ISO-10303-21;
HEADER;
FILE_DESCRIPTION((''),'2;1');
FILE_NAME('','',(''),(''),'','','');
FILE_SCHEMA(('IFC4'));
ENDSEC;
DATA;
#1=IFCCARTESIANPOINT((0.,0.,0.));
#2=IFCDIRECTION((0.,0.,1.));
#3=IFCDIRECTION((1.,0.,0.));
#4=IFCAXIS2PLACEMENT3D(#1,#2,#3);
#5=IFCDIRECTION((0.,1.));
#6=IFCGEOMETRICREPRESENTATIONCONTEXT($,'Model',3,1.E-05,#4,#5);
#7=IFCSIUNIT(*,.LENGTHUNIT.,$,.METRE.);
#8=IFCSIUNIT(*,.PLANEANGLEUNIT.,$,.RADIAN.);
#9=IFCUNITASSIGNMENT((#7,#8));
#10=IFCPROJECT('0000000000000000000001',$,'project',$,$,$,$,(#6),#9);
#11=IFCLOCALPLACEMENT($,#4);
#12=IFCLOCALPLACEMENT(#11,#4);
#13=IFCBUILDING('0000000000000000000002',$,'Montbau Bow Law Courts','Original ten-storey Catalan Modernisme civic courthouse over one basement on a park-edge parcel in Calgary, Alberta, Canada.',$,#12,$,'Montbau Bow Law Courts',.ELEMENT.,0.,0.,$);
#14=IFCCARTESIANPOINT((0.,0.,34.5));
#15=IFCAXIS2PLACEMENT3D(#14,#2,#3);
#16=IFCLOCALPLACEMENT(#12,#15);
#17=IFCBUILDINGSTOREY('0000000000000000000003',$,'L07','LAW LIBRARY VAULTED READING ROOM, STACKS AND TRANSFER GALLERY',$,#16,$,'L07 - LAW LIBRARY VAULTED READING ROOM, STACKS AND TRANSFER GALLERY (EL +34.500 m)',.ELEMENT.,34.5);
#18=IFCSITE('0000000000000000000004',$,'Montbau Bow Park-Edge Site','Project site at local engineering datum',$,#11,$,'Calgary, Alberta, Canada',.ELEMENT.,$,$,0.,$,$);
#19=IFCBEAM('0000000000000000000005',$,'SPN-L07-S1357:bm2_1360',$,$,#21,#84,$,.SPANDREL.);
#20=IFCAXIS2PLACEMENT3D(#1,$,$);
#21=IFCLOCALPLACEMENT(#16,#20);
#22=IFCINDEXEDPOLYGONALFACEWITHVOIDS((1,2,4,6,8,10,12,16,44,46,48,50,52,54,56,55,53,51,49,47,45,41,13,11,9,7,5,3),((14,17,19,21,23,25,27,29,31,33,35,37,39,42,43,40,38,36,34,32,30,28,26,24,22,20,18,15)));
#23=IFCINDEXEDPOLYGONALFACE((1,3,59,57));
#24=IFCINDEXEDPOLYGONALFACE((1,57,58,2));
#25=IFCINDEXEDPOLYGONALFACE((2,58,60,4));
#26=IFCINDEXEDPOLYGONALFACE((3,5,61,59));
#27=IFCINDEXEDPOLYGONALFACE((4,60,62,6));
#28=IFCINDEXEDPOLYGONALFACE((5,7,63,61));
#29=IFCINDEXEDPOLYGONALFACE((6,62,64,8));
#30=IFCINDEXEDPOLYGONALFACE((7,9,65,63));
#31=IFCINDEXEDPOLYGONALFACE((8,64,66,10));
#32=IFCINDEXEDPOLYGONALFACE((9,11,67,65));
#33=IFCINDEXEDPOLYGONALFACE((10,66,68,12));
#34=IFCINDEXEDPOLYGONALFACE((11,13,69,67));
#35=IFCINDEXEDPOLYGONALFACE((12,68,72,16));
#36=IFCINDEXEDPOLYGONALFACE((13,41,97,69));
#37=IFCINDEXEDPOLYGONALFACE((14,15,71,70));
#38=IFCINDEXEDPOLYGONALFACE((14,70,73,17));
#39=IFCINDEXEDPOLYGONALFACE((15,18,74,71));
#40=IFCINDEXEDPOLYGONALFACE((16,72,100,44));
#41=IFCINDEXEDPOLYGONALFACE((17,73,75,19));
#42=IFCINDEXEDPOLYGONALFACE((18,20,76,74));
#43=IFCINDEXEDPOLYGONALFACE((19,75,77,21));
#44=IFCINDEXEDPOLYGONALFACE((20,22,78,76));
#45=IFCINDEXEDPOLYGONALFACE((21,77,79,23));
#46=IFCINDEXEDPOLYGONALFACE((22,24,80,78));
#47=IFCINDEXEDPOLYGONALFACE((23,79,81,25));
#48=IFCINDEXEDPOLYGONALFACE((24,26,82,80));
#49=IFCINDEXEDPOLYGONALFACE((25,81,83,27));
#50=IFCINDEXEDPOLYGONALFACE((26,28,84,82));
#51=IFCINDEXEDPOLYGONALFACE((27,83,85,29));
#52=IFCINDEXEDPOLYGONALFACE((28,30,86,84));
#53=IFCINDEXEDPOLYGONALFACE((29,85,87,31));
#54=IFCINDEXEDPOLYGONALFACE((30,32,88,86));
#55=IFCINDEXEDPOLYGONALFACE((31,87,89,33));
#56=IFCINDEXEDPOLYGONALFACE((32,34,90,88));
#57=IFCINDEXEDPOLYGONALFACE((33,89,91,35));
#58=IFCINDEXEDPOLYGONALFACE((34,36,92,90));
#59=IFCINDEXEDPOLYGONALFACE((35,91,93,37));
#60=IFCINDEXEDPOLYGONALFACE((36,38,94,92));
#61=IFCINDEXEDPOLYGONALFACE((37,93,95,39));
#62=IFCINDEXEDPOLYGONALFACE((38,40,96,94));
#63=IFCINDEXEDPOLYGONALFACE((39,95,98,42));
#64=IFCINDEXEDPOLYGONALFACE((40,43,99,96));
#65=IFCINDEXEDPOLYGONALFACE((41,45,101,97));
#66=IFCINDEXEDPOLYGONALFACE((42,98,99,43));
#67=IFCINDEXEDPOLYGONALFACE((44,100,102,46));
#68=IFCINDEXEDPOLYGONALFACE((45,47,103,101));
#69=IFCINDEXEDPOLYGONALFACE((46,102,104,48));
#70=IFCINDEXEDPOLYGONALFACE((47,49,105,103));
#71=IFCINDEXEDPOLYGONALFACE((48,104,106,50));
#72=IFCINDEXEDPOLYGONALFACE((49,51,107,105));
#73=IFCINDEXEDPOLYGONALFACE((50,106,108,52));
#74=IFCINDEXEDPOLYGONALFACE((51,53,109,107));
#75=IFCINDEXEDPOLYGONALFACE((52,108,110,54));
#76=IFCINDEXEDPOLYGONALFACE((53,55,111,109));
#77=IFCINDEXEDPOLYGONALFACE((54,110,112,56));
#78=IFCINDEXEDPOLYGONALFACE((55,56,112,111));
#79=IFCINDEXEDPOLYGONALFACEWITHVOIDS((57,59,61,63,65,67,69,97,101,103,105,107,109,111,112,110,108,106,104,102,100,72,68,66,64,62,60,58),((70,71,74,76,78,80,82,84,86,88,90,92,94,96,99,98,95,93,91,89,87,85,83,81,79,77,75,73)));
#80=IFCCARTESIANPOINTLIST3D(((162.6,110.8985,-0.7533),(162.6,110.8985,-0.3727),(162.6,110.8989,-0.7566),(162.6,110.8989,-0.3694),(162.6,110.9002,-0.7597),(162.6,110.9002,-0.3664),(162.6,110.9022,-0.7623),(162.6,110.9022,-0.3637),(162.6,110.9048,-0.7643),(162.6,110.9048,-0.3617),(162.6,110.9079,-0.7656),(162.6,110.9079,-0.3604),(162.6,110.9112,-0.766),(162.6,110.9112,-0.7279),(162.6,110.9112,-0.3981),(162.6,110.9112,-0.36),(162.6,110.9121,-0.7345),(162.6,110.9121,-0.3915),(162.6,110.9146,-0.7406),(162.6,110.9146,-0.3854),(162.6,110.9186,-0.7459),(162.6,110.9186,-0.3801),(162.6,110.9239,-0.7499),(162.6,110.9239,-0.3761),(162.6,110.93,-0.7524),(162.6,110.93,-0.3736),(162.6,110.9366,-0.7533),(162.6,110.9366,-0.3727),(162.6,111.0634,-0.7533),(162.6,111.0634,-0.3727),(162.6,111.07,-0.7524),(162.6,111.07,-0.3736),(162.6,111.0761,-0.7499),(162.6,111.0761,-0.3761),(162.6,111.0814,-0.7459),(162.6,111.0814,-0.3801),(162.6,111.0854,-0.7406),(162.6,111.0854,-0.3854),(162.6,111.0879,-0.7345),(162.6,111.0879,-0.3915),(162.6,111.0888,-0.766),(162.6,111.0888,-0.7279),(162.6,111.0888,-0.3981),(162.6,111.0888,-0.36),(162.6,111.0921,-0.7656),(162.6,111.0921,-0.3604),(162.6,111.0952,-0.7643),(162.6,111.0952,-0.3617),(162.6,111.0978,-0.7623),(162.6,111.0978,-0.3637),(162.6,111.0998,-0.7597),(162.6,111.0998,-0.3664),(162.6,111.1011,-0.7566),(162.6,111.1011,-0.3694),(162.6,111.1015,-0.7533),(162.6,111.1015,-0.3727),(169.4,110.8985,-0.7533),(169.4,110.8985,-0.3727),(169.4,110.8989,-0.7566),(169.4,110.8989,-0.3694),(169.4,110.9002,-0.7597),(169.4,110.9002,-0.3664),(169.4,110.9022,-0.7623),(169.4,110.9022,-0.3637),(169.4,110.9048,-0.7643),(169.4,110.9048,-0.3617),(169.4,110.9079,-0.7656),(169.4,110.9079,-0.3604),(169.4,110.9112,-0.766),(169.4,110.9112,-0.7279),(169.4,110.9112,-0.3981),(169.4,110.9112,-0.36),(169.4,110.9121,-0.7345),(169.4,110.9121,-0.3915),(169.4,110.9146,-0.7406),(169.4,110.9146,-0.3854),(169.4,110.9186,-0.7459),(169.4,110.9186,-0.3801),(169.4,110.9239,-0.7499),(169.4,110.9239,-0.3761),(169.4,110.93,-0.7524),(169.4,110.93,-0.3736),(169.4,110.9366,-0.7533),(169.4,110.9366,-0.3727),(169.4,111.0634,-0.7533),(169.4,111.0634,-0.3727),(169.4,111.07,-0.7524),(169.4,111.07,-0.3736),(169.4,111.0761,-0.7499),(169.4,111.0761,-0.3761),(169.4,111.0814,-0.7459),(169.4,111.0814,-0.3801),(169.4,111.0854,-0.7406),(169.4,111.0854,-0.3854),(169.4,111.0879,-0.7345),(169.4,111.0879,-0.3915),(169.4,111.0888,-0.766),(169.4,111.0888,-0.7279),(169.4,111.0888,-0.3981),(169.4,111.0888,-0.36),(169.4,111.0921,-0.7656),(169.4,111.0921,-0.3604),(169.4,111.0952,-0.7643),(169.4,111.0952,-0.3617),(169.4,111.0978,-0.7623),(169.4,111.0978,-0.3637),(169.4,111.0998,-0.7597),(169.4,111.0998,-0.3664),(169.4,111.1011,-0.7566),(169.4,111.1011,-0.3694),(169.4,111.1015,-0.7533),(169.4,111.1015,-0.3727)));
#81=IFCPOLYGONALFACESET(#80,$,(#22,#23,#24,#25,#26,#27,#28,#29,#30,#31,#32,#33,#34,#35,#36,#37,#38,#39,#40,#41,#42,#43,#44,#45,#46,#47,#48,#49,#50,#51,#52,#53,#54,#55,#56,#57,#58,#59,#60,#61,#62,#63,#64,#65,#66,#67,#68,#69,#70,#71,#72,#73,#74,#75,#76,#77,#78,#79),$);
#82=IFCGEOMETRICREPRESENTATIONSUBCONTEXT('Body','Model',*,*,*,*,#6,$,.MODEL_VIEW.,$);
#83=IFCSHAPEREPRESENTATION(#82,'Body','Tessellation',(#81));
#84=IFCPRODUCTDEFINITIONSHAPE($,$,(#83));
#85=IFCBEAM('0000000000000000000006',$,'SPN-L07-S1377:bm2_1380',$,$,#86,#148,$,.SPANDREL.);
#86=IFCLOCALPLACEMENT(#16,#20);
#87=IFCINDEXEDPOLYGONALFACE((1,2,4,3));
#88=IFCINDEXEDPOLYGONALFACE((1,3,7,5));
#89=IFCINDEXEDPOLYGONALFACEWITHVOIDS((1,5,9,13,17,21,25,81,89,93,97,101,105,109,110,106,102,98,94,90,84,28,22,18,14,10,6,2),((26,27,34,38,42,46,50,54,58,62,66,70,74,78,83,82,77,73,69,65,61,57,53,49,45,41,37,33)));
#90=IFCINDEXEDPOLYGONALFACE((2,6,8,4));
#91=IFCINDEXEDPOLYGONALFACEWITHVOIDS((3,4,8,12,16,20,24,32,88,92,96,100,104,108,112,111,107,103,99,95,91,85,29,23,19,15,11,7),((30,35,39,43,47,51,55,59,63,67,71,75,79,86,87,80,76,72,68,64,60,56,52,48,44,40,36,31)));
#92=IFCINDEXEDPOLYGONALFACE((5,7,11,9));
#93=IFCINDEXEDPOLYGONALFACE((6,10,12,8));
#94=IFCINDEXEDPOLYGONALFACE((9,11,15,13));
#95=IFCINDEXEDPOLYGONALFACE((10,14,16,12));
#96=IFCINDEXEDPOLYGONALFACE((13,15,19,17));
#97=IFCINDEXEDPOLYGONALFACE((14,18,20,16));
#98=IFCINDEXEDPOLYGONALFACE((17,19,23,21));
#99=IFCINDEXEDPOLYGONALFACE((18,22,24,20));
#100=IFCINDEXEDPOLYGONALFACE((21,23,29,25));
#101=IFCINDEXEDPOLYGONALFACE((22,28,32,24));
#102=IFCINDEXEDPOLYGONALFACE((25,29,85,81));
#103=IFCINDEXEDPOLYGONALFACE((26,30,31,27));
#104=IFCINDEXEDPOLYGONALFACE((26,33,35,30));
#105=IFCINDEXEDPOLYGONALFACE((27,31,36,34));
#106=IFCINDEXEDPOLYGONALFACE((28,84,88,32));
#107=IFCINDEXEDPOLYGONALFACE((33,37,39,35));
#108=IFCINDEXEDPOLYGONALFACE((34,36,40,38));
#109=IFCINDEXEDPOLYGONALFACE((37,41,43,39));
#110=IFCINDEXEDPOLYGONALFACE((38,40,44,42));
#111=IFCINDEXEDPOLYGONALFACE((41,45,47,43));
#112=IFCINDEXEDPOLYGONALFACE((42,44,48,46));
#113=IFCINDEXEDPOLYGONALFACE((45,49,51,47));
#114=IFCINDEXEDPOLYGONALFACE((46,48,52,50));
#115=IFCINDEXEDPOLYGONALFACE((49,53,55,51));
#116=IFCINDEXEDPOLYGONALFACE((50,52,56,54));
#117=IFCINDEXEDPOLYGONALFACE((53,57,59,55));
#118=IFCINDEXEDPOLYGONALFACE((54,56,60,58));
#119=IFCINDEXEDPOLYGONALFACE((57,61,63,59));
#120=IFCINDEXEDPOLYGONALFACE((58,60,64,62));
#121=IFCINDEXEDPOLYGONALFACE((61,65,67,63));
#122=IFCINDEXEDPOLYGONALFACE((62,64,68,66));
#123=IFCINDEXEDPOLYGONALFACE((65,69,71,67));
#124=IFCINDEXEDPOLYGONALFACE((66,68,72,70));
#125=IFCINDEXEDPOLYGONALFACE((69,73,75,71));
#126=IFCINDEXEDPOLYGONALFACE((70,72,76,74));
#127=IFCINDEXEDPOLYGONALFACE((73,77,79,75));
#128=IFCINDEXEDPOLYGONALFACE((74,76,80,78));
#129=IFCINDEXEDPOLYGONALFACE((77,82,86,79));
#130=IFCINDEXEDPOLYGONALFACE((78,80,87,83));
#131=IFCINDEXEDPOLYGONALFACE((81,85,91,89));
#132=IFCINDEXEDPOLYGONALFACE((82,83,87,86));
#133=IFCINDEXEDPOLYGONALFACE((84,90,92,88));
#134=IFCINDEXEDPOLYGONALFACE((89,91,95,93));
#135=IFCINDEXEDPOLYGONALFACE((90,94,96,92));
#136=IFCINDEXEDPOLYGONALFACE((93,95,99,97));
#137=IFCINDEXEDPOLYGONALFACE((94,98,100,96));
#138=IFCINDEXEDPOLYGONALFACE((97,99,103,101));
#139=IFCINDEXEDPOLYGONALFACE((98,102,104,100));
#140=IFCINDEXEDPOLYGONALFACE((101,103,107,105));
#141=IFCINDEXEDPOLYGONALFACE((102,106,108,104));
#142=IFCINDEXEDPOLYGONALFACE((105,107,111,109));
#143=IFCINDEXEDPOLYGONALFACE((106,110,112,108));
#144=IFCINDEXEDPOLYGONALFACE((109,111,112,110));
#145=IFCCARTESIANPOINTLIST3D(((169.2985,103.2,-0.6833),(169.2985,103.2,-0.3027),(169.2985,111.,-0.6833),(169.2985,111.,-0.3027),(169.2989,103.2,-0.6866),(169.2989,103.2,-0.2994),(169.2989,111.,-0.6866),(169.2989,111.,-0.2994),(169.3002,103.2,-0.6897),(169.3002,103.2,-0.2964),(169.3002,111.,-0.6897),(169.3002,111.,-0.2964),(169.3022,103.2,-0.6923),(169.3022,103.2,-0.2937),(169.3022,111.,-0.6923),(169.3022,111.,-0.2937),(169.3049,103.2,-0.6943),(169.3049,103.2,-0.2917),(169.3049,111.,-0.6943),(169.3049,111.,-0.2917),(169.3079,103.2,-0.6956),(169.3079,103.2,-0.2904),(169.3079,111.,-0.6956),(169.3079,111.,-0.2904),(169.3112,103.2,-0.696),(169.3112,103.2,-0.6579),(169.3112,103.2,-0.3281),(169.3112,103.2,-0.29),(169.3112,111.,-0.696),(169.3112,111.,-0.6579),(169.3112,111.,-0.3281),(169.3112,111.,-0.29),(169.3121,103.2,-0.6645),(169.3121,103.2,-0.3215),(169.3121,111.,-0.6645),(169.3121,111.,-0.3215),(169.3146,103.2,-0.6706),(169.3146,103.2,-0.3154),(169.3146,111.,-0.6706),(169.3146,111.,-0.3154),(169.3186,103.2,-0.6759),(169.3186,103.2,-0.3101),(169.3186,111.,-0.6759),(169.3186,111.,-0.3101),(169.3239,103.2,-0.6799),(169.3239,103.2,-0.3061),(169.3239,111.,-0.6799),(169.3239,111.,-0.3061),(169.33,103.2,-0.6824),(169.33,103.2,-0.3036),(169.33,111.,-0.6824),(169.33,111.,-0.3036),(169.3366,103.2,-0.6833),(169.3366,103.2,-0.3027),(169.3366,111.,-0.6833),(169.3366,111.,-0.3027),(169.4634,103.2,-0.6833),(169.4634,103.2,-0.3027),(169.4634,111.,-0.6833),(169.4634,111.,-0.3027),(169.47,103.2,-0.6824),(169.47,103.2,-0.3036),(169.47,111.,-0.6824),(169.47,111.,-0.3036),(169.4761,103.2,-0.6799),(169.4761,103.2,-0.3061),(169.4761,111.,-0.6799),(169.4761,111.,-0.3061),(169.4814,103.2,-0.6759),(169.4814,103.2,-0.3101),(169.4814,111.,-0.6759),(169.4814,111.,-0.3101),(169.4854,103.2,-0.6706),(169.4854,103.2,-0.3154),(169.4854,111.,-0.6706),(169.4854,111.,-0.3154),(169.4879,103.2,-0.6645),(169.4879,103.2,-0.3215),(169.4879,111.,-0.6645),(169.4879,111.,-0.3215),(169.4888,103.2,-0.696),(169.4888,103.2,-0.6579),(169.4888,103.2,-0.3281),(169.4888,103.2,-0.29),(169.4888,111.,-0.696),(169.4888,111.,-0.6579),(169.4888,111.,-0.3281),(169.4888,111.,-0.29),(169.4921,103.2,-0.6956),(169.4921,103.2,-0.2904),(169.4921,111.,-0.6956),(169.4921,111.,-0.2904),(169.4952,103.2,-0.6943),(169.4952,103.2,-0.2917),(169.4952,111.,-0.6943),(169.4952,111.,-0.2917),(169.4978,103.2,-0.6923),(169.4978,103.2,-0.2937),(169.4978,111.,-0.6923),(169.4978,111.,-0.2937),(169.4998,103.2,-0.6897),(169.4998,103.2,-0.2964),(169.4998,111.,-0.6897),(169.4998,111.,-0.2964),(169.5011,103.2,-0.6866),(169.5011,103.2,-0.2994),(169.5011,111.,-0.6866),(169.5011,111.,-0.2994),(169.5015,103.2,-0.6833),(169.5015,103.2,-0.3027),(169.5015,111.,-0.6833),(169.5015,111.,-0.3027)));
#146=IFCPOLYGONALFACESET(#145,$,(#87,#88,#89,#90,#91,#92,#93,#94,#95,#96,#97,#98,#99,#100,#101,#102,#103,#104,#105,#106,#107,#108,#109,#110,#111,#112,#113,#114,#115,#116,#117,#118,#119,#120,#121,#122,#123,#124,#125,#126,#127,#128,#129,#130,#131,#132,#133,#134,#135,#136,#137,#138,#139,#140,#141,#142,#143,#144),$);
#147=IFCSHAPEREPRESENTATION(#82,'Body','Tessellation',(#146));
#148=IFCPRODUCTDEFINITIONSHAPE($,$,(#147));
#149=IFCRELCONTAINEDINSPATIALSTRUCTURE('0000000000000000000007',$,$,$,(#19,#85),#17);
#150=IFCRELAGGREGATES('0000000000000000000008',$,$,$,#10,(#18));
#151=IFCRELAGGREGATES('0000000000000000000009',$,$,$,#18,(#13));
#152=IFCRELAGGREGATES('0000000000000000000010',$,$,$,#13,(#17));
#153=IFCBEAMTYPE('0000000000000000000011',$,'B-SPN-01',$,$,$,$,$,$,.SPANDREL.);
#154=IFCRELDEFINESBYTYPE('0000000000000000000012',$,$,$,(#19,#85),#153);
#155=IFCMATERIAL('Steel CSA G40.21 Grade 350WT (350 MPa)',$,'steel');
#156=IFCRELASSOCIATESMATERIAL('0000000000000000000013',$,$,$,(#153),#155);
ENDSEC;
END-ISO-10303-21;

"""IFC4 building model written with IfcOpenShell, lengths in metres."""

from ifc_helpers import new_model, si_unit, direction, frame, origin_with_axes, origin_2d_with_axis, place, context, subcontext, project, spatial, hollow_rectangle, extrude, material, material_profile, profile_set, type_object, element, save


model = new_model("IFC4")

# Units and contexts
model_context = context("Model", 3, precision=1e-05, world=origin_with_axes(), true_north=direction((0.0, 1.0)))
body_context = subcontext(model_context, "Body", "Model", "MODEL_VIEW")
ifc_project = project(units=[si_unit("LENGTHUNIT", "METRE"), si_unit("PLANEANGLEUNIT", "RADIAN")], contexts=[model_context])

# Site, building, storey
site_placement = place(None, origin_with_axes())
site = spatial("IfcSite", under=ifc_project, at=site_placement, Name="Montbau Bow Park-Edge Site", Description="Project site at local engineering datum", LongName="Calgary, Alberta, Canada", CompositionType="ELEMENT", RefElevation=0.0)
building_placement = place(site_placement, origin_with_axes())
building = spatial("IfcBuilding", under=site, at=building_placement, Name="Montbau Bow Law Courts", Description="Original ten-storey Catalan Modernisme civic courthouse over one basement on a park-edge parcel in Calgary, Alberta, Canada.", LongName="Montbau Bow Law Courts", CompositionType="ELEMENT", ElevationOfRefHeight=0.0, ElevationOfTerrain=0.0)
storey_placement = place(building_placement, frame((0.0, 0.0, 34.5), z_axis=(0.0, 0.0, 1.0), x_axis=(1.0, 0.0, 0.0)))
storey = spatial("IfcBuildingStorey", under=building, at=storey_placement, Name="L07", Description="LAW LIBRARY VAULTED READING ROOM, STACKS AND TRANSFER GALLERY", LongName="L07 - LAW LIBRARY VAULTED READING ROOM, STACKS AND TRANSFER GALLERY (EL +34.500 m)", CompositionType="ELEMENT", Elevation=34.5)

# Beams
ifc_material_1 = material(Name="Steel CSA G40.21 Grade 350WT (350 MPa)", Category="steel")
ifc_material_profile_1 = material_profile(ifc_material_1, hollow_rectangle(XDim=0.203, YDim=0.406, WallThickness=0.0127, InnerFilletRadius=0.0254, OuterFilletRadius=0.0127, at=origin_2d_with_axis()), Name="HSS406X203X13", Category="Main", Priority=0)
ifc_profile_set_1 = profile_set([ifc_material_profile_1], Name="Steel CSA G40.21 Grade 350WT (350 MPa)")
beam_type_1 = type_object("IfcBeamType", Name="B-SPN-01", PredefinedType="SPANDREL", material=ifc_profile_set_1)
beam_1_placement = place(None, frame((162.6, 111.0, 33.937), z_axis=(1.0, 0.0, 0.0), x_axis=(0.0, 1.0, 0.0)))
element("IfcBeam", 1, at=beam_1_placement, inside=storey, type_object=beam_type_1, Name="SPN-L07-S1357:bm2_1360", PredefinedType="SPANDREL", context=body_context, shape_type="SweptSolid", body=[
    extrude(hollow_rectangle(XDim=0.203, YDim=0.406, WallThickness=0.0127, InnerFilletRadius=0.0254, OuterFilletRadius=0.0127, at=origin_2d_with_axis()), origin_with_axes(), (0.0, 0.0, 1.0), 6.8),
])
beam_2_placement = place(None, frame((169.4, 103.2, 34.007), z_axis=(0.0, 1.0, 0.0), x_axis=(-1.0, 0.0, 0.0)))
element("IfcBeam", 2, at=beam_2_placement, inside=storey, type_object=beam_type_1, Name="SPN-L07-S1377:bm2_1380", PredefinedType="SPANDREL", context=body_context, shape_type="SweptSolid", body=[
    extrude(hollow_rectangle(XDim=0.203, YDim=0.406, WallThickness=0.0127, InnerFilletRadius=0.0254, OuterFilletRadius=0.0127, at=origin_2d_with_axis()), origin_with_axes(), (0.0, 0.0, 1.0), 7.8),
])

save(model, "model.ifc")
